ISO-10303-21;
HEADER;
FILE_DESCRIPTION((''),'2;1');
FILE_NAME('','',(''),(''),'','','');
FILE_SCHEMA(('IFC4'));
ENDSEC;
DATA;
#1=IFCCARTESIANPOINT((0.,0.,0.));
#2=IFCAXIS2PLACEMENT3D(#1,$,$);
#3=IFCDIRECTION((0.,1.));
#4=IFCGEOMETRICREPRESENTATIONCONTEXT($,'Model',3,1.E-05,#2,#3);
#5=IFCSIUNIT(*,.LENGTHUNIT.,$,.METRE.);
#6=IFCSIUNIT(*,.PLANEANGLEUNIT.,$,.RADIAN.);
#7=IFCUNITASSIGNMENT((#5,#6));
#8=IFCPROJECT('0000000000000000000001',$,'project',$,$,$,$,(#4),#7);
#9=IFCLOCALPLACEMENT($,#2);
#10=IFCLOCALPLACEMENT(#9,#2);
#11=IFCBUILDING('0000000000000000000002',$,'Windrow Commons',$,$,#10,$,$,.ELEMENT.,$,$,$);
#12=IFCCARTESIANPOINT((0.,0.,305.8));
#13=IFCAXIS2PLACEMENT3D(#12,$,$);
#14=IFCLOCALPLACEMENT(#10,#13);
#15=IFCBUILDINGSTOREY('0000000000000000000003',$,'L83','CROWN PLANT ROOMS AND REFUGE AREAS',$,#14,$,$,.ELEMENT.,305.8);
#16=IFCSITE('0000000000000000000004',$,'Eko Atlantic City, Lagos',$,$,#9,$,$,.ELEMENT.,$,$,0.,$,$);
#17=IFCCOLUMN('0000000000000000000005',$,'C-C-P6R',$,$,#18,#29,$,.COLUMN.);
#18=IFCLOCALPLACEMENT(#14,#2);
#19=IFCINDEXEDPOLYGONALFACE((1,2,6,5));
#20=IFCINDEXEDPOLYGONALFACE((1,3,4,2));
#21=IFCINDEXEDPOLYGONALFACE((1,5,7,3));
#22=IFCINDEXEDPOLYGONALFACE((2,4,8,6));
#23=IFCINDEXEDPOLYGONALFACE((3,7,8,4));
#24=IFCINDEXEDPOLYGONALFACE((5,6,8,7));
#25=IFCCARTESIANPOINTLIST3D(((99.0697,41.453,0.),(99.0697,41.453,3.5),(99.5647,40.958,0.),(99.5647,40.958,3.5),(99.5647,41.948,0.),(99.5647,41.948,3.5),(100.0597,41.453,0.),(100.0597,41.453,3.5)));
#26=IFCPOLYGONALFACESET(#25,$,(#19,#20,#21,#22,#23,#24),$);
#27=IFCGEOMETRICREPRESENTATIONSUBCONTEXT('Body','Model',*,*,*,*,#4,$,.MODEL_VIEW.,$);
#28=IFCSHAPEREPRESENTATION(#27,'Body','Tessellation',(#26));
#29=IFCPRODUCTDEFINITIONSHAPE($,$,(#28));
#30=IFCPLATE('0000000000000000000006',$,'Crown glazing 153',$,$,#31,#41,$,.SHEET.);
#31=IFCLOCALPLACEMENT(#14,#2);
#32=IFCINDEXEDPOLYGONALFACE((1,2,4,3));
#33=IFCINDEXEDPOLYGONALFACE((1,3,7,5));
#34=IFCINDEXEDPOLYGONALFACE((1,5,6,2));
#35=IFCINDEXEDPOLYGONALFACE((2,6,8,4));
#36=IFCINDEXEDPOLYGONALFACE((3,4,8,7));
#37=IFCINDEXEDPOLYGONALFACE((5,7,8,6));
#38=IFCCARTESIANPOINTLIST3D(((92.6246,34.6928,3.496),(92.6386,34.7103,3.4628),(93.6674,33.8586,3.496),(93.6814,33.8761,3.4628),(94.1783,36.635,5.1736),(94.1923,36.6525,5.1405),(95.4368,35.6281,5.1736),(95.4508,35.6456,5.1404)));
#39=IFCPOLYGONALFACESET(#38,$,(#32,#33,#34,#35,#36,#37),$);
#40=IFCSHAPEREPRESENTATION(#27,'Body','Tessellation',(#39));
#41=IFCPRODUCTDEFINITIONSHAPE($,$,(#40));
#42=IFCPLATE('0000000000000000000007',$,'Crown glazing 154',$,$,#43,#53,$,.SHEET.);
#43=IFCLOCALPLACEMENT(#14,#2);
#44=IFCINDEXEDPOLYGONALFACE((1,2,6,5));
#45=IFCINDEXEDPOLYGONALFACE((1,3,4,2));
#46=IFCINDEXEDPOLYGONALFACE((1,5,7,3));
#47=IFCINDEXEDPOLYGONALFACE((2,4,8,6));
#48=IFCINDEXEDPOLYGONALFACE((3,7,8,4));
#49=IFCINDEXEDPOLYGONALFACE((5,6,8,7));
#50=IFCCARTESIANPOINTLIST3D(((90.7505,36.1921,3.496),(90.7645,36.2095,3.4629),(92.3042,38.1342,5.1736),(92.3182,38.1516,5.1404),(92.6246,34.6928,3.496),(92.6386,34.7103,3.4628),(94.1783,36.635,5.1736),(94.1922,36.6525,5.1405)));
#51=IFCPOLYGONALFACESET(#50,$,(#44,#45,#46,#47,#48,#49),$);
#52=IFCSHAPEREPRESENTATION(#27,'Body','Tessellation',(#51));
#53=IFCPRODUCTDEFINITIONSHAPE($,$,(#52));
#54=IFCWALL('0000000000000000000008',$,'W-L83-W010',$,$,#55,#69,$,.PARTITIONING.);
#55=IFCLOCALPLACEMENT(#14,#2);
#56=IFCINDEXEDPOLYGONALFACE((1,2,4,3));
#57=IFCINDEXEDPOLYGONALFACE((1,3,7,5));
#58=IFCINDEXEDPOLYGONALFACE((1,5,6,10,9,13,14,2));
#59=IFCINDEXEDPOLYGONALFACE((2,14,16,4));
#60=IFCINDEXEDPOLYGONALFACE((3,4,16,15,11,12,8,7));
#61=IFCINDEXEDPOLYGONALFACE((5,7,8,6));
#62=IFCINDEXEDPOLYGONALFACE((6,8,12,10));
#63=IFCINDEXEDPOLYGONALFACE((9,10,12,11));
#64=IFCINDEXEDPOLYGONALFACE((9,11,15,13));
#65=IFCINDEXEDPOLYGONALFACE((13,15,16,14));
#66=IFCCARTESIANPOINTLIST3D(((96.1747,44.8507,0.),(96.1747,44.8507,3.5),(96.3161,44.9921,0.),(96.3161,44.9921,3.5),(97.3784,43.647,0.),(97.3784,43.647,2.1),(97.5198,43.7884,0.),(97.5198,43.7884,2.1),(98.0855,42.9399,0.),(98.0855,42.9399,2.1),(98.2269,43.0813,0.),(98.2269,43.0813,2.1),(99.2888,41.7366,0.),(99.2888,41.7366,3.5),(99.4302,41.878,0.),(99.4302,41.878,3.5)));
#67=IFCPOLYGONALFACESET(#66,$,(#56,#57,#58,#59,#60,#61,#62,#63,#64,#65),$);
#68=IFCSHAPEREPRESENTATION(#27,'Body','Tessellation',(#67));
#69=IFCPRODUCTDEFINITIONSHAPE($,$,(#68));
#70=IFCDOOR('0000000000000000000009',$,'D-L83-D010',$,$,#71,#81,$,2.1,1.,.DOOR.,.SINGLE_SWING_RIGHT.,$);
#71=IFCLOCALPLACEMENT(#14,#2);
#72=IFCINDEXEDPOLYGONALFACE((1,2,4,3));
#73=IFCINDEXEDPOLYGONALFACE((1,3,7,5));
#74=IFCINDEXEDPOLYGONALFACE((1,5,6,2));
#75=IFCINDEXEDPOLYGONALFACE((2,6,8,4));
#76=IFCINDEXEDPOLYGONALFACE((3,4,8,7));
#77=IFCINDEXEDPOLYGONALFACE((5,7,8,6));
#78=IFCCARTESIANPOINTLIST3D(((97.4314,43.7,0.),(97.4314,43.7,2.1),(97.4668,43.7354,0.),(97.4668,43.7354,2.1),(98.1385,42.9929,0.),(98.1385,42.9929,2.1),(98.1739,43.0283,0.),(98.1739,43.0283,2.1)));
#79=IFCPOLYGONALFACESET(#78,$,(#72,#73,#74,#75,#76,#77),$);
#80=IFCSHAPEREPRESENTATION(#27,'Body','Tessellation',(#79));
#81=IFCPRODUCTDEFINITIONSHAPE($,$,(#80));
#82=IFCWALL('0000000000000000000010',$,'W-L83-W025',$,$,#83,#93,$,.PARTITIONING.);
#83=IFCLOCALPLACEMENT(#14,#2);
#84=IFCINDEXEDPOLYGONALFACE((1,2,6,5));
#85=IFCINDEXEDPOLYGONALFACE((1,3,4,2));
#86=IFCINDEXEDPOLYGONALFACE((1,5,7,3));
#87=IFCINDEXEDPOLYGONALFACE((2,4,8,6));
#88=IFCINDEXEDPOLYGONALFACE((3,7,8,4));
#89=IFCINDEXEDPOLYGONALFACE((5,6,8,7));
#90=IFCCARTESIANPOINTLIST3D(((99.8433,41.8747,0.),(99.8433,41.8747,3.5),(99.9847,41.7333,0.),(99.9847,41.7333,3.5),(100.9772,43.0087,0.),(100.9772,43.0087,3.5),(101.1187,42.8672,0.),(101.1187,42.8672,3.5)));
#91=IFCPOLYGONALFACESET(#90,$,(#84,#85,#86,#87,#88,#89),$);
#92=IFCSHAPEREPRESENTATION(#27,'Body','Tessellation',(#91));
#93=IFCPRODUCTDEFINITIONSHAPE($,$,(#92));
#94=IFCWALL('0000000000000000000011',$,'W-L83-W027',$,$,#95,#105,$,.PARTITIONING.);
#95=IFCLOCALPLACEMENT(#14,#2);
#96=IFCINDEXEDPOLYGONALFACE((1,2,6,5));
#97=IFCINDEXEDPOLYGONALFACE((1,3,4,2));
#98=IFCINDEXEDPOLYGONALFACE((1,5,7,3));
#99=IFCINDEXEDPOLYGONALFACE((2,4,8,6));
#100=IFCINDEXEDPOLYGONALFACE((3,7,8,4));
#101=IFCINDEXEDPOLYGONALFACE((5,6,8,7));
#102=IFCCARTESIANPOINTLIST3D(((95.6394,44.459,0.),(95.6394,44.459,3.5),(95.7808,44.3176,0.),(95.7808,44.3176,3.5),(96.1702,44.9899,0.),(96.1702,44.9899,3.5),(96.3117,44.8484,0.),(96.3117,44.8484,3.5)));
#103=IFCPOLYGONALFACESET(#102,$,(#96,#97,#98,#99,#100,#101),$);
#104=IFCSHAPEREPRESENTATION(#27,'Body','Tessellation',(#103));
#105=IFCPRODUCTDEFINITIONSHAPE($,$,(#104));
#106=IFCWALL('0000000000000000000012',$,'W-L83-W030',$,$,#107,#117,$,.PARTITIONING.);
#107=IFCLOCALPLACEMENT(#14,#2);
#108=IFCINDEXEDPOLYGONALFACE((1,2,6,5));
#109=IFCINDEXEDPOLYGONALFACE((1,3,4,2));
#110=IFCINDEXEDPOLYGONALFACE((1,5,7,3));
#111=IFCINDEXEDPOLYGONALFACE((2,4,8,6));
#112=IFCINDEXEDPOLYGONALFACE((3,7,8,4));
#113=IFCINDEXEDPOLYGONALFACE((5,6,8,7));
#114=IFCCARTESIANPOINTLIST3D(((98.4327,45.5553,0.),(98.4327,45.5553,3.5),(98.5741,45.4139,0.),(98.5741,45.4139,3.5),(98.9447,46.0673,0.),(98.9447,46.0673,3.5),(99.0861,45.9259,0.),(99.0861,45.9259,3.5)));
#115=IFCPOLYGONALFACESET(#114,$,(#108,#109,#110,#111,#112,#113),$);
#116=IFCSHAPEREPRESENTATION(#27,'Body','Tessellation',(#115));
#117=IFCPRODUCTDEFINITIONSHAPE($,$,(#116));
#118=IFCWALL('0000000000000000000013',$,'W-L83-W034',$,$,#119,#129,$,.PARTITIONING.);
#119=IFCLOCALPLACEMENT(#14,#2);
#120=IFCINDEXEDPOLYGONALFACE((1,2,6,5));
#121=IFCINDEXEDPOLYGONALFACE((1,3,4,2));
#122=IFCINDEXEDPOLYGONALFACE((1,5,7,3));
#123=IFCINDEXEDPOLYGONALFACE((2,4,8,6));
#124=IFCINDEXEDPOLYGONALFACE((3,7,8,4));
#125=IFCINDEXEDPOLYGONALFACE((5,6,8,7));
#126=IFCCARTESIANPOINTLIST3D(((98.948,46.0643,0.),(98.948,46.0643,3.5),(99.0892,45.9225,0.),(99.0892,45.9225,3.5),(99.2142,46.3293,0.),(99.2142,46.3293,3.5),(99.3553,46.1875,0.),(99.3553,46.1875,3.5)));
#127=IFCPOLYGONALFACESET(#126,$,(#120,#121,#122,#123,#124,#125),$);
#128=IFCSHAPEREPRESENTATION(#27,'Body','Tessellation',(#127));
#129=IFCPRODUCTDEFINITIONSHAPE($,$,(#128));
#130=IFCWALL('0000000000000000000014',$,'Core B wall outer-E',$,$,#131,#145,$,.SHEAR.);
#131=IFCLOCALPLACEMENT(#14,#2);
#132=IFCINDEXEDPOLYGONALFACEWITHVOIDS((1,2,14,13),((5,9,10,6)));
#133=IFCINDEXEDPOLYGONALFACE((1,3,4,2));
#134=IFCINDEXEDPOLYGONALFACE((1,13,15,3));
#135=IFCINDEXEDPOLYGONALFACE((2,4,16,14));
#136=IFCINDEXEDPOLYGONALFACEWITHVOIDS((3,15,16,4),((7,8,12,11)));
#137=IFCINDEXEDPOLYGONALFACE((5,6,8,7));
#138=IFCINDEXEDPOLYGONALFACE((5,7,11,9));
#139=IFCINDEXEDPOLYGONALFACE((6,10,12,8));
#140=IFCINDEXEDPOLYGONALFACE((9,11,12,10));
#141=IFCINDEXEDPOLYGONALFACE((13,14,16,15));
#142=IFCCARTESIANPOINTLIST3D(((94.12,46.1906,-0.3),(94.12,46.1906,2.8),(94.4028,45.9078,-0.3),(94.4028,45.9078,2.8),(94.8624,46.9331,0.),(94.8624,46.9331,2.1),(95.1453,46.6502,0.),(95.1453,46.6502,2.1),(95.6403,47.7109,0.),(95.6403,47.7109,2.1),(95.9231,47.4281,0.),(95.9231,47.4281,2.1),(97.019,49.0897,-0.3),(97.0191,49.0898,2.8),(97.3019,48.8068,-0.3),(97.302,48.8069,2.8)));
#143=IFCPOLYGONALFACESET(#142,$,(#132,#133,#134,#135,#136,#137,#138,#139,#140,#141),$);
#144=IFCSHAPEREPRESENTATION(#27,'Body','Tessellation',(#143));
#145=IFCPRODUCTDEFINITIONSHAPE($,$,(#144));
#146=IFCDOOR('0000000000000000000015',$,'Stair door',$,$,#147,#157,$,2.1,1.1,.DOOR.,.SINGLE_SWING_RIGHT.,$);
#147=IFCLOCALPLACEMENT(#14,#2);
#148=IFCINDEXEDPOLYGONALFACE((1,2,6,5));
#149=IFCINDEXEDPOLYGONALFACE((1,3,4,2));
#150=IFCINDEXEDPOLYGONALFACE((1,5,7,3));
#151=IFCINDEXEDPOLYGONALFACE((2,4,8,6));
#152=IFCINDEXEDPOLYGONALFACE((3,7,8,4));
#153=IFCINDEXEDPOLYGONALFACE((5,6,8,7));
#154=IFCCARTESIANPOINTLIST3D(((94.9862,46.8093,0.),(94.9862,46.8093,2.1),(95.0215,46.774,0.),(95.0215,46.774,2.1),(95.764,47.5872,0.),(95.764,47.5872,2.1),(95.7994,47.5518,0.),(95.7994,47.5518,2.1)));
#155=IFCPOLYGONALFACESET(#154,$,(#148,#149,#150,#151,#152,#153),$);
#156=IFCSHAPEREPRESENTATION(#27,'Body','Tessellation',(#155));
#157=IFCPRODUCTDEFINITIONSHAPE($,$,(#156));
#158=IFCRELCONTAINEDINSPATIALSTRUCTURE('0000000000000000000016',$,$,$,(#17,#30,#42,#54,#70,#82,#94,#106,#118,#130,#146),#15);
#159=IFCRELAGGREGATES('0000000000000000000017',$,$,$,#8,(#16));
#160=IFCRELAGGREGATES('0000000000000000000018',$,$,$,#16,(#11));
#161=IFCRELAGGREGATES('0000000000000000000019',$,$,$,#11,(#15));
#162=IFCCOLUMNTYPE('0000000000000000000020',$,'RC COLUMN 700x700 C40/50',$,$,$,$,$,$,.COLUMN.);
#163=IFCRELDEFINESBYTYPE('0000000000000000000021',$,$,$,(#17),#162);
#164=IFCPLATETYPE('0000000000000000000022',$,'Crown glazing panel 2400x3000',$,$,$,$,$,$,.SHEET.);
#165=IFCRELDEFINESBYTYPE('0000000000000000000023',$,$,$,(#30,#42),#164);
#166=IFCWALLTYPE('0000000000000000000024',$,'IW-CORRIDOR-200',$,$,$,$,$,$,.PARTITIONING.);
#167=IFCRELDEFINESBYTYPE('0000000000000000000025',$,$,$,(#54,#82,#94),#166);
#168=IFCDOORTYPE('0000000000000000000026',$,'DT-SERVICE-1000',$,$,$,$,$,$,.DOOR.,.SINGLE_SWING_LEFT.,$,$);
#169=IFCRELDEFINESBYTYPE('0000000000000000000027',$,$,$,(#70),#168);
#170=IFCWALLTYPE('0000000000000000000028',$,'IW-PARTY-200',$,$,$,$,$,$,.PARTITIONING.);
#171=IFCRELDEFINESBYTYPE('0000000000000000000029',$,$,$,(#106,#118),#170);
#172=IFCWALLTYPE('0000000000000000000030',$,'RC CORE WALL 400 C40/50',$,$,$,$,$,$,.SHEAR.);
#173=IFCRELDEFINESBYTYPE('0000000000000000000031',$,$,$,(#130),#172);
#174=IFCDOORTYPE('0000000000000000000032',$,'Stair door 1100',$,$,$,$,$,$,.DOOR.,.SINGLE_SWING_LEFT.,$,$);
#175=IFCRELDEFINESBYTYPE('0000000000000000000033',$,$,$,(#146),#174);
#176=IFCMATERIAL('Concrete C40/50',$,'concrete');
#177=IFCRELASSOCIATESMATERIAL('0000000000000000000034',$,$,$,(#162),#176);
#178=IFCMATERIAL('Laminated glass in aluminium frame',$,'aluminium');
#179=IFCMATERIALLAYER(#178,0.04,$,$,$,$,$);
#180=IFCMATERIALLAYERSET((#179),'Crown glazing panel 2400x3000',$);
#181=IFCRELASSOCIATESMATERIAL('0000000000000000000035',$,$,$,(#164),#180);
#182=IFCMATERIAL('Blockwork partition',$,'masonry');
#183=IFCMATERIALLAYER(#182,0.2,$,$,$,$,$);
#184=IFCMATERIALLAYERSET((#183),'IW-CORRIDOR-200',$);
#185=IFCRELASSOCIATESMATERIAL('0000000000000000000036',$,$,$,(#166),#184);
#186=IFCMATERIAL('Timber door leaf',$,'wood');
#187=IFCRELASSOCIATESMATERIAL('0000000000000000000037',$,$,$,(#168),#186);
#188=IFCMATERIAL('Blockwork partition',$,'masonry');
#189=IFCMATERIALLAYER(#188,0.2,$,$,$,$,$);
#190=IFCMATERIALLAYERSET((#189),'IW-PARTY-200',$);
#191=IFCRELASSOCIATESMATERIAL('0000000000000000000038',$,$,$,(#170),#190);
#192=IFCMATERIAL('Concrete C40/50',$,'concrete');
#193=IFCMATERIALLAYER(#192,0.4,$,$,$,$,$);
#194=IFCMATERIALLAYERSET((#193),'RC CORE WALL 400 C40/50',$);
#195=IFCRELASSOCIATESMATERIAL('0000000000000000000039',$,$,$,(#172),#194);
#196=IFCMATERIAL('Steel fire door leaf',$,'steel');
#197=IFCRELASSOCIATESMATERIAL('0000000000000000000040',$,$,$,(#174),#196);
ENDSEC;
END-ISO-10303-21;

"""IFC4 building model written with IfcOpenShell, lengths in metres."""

from ifc_helpers import new_model, si_unit, direction, frame, frame_2d, origin, origin_2d, place, context, subcontext, project, spatial, polyline, rectangle, outline, extrude, material, layer, layer_set, material_profile, profile_set, type_object, element, fill, save


model = new_model("IFC4")

# Units and contexts
model_context = context("Model", 3, precision=1e-05, world=origin(), true_north=direction((0.0, 1.0)))
body_context = subcontext(model_context, "Body", "Model", "MODEL_VIEW")
ifc_project = project(units=[si_unit("LENGTHUNIT", "METRE"), si_unit("PLANEANGLEUNIT", "RADIAN")], contexts=[model_context])

# Site, building, storey
site_placement = place(None, origin())
site = spatial("IfcSite", under=ifc_project, at=site_placement, Name="Eko Atlantic City, Lagos", CompositionType="ELEMENT", RefElevation=0.0)
building_placement = place(site_placement, origin())
building = spatial("IfcBuilding", under=site, at=building_placement, Name="Windrow Commons", CompositionType="ELEMENT")
storey_placement = place(building_placement, frame((0.0, 0.0, 305.8)))
storey = spatial("IfcBuildingStorey", under=building, at=storey_placement, Name="L83", Description="CROWN PLANT ROOMS AND REFUGE AREAS", CompositionType="ELEMENT", Elevation=305.8)

# Column
ifc_material_1 = material(Name="Concrete C40/50", Category="concrete")
ifc_material_profile = material_profile(ifc_material_1, rectangle(XDim=0.7, YDim=0.7, at=origin_2d()))
ifc_profile_set = profile_set([ifc_material_profile], Name="Concrete C40/50")
column_type = type_object("IfcColumnType", Name="RC COLUMN 700x700 C40/50", PredefinedType="COLUMN", material=ifc_profile_set)
column_placement = place(storey_placement, frame((99.5647, 41.453, 0.0), z_axis=(0.0, 0.0, 1.0), x_axis=(0.707107, -0.707107, 0.0)))
element("IfcColumn", 1, at=column_placement, inside=storey, type_object=column_type, Name="C-C-P6R", PredefinedType="COLUMN", context=body_context, shape_type="SweptSolid", body=[
    extrude(rectangle(XDim=0.7, YDim=0.7, at=origin_2d()), origin(), (0.0, 0.0, 1.0), 3.5),
])

# Plates
ifc_material_2 = material(Name="Laminated glass in aluminium frame", Category="aluminium")
ifc_layer_1 = layer(ifc_material_2, 0.04)
ifc_layer_set_1 = layer_set([ifc_layer_1], Name="Crown glazing panel 2400x3000")
plate_type = type_object("IfcPlateType", Name="Crown glazing panel 2400x3000", PredefinedType="SHEET", material=ifc_layer_set_1)
plate_1_placement = place(storey_placement, frame((93.6674, 33.8586, 3.496), z_axis=(-0.349332, -0.436651, 0.829037), x_axis=(-0.780876, 0.624686, -0.000018)))
element("IfcPlate", 2, at=plate_1_placement, inside=storey, type_object=plate_type, Name="Crown glazing 153", PredefinedType="SHEET", context=body_context, shape_type="SweptSolid", body=[
    extrude(outline(polyline([(0.0, 0.0), (1.3354, 0.0), (1.3354, -3.0001), (-0.2763, -3.0), (0.0, 0.0)])), origin(), (0.0, 0.0, -1.0), 0.04),
])
plate_2_placement = place(storey_placement, frame((92.6246, 34.6928, 3.496), z_axis=(-0.34932, -0.436659, 0.829038), x_axis=(-0.780868, 0.624696, 0.000008)))
element("IfcPlate", 3, at=plate_2_placement, inside=storey, type_object=plate_type, Name="Crown glazing 154", PredefinedType="SHEET", context=body_context, shape_type="SweptSolid", body=[
    extrude(outline(polyline([(0.0, 0.0), (2.4, 0.0), (2.4, -3.0), (0.0001, -3.0001), (0.0, 0.0)])), origin(), (0.0, 0.0, -1.0), 0.04),
])

# Wall, opening, door
ifc_material_3 = material(Name="Blockwork partition", Category="masonry")
ifc_layer_2 = layer(ifc_material_3, 0.2)
ifc_layer_set_2 = layer_set([ifc_layer_2], Name="IW-CORRIDOR-200")
wall_type_1 = type_object("IfcWallType", Name="IW-CORRIDOR-200", PredefinedType="PARTITIONING", material=ifc_layer_set_2)
wall_1_placement = place(storey_placement, frame((96.2454, 44.9214, 0.0), z_axis=(0.0, 0.0, 1.0), x_axis=(0.707107, -0.707107, 0.0)))
wall_1 = element("IfcWall", 4, at=wall_1_placement, inside=storey, type_object=wall_type_1, Name="W-L83-W010", PredefinedType="PARTITIONING", context=body_context, shape_type="SweptSolid", body=[
    extrude(rectangle(XDim=4.4039, YDim=0.2, at=frame_2d((2.202, 0.0))), origin(), (0.0, 0.0, 1.0), 3.5),
])
opening_1_placement = place(wall_1_placement, frame((1.7023, 0.0, 0.0)))
opening_1 = element("IfcOpeningElement", 5, at=opening_1_placement, cuts=wall_1, PredefinedType="OPENING", context=body_context, shape_type="SweptSolid", body=[
    extrude(rectangle(XDim=1.0, YDim=2.1, at=frame_2d((0.5, 1.05))), frame((0.0, 0.11, 0.0), z_axis=(0.0, -1.0, 0.0), x_axis=(1.0, 0.0, 0.0)), (0.0, 0.0, 1.0), 0.22),
])
ifc_material_4 = material(Name="Timber door leaf", Category="wood")
door_type_1 = type_object("IfcDoorType", Name="DT-SERVICE-1000", OperationType="SINGLE_SWING_LEFT", PredefinedType="DOOR", material=ifc_material_4)
door_1_placement = place(opening_1_placement, origin())
door_1 = element("IfcDoor", 6, at=door_1_placement, inside=storey, type_object=door_type_1, Name="D-L83-D010", OperationType="SINGLE_SWING_RIGHT", OverallHeight=2.1, OverallWidth=1.0, PredefinedType="DOOR", context=body_context, shape_type="SweptSolid", body=[
    extrude(rectangle(XDim=1.0, YDim=2.1, at=frame_2d((0.5, 1.05))), frame((0.0, 0.025, 0.0), z_axis=(0.0, -1.0, 0.0), x_axis=(1.0, 0.0, 0.0)), (0.0, 0.0, 1.0), 0.05),
])
fill(opening_1, door_1)

# Walls
wall_2_placement = place(storey_placement, frame((99.914, 41.804, 0.0), z_axis=(0.0, 0.0, 1.0), x_axis=(0.707107, 0.707107, 0.0)))
element("IfcWall", 7, at=wall_2_placement, inside=storey, type_object=wall_type_1, Name="W-L83-W025", PredefinedType="PARTITIONING", context=body_context, shape_type="SweptSolid", body=[
    extrude(rectangle(XDim=1.6037, YDim=0.2, at=frame_2d((0.8018, 0.0))), origin(), (0.0, 0.0, 1.0), 3.5),
])
wall_3_placement = place(storey_placement, frame((95.7101, 44.3883, 0.0), z_axis=(0.0, 0.0, 1.0), x_axis=(0.707107, 0.707107, 0.0)))
element("IfcWall", 8, at=wall_3_placement, inside=storey, type_object=wall_type_1, Name="W-L83-W027", PredefinedType="PARTITIONING", context=body_context, shape_type="SweptSolid", body=[
    extrude(rectangle(XDim=0.7507, YDim=0.2, at=frame_2d((0.3754, 0.0))), origin(), (0.0, 0.0, 1.0), 3.5),
])
ifc_material_5 = material(Name="Blockwork partition", Category="masonry")
ifc_layer_3 = layer(ifc_material_5, 0.2)
ifc_layer_set_3 = layer_set([ifc_layer_3], Name="IW-PARTY-200")
wall_type_2 = type_object("IfcWallType", Name="IW-PARTY-200", PredefinedType="PARTITIONING", material=ifc_layer_set_3)
wall_4_placement = place(storey_placement, frame((98.5034, 45.4846, 0.0), z_axis=(0.0, 0.0, 1.0), x_axis=(0.707107, 0.707107, 0.0)))
element("IfcWall", 9, at=wall_4_placement, inside=storey, type_object=wall_type_2, Name="W-L83-W030", PredefinedType="PARTITIONING", context=body_context, shape_type="SweptSolid", body=[
    extrude(rectangle(XDim=0.7241, YDim=0.2, at=frame_2d((0.362, 0.0))), origin(), (0.0, 0.0, 1.0), 3.5),
])
wall_5_placement = place(storey_placement, frame((99.0186, 45.9934, 0.0), z_axis=(0.0, 0.0, 1.0), x_axis=(0.708702, 0.705508, 0.0)))
element("IfcWall", 10, at=wall_5_placement, inside=storey, type_object=wall_type_2, Name="W-L83-W034", PredefinedType="PARTITIONING", context=body_context, shape_type="SweptSolid", body=[
    extrude(outline(polyline([(0.0, -0.1), (0.3756, -0.1), (0.3756, 0.1), (0.0, 0.1), (0.0, -0.1)])), origin(), (0.0, 0.0, 1.0), 3.5),
])

# Wall, opening, door
ifc_material_6 = material(Name="Concrete C40/50", Category="concrete")
ifc_layer_4 = layer(ifc_material_6, 0.4)
ifc_layer_set_4 = layer_set([ifc_layer_4], Name="RC CORE WALL 400 C40/50")
wall_type_3 = type_object("IfcWallType", Name="RC CORE WALL 400 C40/50", PredefinedType="SHEAR", material=ifc_layer_set_4)
wall_6_placement = place(storey_placement, frame((94.2614, 46.0492, -0.3), z_axis=(0.0, 0.0, 1.0), x_axis=(0.707107, 0.707107, 0.0)))
wall_6 = element("IfcWall", 11, at=wall_6_placement, inside=storey, type_object=wall_type_3, Name="Core B wall outer-E", PredefinedType="SHEAR", context=body_context, shape_type="SweptSolid", body=[
    extrude(outline(polyline([(0.0, 0.0), (4.0999, 0.0), (4.1, 3.1), (0.0, 3.1), (0.0, 0.0)])), frame((0.0, 0.2, 0.0), z_axis=(0.0, -1.0, 0.0), x_axis=(1.0, 0.0, 0.0)), (0.0, 0.0, 1.0), 0.4),
])
opening_2_placement = place(wall_6_placement, frame((1.05, 0.0, 0.3)))
opening_2 = element("IfcOpeningElement", 12, at=opening_2_placement, cuts=wall_6, PredefinedType="OPENING", context=body_context, shape_type="SweptSolid", body=[
    extrude(rectangle(XDim=1.1, YDim=2.1, at=frame_2d((0.55, 1.05))), frame((0.0, 0.21, 0.0), z_axis=(0.0, -1.0, 0.0), x_axis=(1.0, 0.0, 0.0)), (0.0, 0.0, 1.0), 0.42),
])
ifc_material_7 = material(Name="Steel fire door leaf", Category="steel")
door_type_2 = type_object("IfcDoorType", Name="Stair door 1100", OperationType="SINGLE_SWING_LEFT", PredefinedType="DOOR", material=ifc_material_7)
door_2_placement = place(opening_2_placement, origin())
door_2 = element("IfcDoor", 13, at=door_2_placement, inside=storey, type_object=door_type_2, Name="Stair door", OperationType="SINGLE_SWING_RIGHT", OverallHeight=2.1, OverallWidth=1.1, PredefinedType="DOOR", context=body_context, shape_type="SweptSolid", body=[
    extrude(rectangle(XDim=1.1, YDim=2.1, at=frame_2d((0.55, 1.05))), frame((0.0, 0.025, 0.0), z_axis=(0.0, -1.0, 0.0), x_axis=(1.0, 0.0, 0.0)), (0.0, 0.0, 1.0), 0.05),
])
fill(opening_2, door_2)

save(model, "model.ifc")
